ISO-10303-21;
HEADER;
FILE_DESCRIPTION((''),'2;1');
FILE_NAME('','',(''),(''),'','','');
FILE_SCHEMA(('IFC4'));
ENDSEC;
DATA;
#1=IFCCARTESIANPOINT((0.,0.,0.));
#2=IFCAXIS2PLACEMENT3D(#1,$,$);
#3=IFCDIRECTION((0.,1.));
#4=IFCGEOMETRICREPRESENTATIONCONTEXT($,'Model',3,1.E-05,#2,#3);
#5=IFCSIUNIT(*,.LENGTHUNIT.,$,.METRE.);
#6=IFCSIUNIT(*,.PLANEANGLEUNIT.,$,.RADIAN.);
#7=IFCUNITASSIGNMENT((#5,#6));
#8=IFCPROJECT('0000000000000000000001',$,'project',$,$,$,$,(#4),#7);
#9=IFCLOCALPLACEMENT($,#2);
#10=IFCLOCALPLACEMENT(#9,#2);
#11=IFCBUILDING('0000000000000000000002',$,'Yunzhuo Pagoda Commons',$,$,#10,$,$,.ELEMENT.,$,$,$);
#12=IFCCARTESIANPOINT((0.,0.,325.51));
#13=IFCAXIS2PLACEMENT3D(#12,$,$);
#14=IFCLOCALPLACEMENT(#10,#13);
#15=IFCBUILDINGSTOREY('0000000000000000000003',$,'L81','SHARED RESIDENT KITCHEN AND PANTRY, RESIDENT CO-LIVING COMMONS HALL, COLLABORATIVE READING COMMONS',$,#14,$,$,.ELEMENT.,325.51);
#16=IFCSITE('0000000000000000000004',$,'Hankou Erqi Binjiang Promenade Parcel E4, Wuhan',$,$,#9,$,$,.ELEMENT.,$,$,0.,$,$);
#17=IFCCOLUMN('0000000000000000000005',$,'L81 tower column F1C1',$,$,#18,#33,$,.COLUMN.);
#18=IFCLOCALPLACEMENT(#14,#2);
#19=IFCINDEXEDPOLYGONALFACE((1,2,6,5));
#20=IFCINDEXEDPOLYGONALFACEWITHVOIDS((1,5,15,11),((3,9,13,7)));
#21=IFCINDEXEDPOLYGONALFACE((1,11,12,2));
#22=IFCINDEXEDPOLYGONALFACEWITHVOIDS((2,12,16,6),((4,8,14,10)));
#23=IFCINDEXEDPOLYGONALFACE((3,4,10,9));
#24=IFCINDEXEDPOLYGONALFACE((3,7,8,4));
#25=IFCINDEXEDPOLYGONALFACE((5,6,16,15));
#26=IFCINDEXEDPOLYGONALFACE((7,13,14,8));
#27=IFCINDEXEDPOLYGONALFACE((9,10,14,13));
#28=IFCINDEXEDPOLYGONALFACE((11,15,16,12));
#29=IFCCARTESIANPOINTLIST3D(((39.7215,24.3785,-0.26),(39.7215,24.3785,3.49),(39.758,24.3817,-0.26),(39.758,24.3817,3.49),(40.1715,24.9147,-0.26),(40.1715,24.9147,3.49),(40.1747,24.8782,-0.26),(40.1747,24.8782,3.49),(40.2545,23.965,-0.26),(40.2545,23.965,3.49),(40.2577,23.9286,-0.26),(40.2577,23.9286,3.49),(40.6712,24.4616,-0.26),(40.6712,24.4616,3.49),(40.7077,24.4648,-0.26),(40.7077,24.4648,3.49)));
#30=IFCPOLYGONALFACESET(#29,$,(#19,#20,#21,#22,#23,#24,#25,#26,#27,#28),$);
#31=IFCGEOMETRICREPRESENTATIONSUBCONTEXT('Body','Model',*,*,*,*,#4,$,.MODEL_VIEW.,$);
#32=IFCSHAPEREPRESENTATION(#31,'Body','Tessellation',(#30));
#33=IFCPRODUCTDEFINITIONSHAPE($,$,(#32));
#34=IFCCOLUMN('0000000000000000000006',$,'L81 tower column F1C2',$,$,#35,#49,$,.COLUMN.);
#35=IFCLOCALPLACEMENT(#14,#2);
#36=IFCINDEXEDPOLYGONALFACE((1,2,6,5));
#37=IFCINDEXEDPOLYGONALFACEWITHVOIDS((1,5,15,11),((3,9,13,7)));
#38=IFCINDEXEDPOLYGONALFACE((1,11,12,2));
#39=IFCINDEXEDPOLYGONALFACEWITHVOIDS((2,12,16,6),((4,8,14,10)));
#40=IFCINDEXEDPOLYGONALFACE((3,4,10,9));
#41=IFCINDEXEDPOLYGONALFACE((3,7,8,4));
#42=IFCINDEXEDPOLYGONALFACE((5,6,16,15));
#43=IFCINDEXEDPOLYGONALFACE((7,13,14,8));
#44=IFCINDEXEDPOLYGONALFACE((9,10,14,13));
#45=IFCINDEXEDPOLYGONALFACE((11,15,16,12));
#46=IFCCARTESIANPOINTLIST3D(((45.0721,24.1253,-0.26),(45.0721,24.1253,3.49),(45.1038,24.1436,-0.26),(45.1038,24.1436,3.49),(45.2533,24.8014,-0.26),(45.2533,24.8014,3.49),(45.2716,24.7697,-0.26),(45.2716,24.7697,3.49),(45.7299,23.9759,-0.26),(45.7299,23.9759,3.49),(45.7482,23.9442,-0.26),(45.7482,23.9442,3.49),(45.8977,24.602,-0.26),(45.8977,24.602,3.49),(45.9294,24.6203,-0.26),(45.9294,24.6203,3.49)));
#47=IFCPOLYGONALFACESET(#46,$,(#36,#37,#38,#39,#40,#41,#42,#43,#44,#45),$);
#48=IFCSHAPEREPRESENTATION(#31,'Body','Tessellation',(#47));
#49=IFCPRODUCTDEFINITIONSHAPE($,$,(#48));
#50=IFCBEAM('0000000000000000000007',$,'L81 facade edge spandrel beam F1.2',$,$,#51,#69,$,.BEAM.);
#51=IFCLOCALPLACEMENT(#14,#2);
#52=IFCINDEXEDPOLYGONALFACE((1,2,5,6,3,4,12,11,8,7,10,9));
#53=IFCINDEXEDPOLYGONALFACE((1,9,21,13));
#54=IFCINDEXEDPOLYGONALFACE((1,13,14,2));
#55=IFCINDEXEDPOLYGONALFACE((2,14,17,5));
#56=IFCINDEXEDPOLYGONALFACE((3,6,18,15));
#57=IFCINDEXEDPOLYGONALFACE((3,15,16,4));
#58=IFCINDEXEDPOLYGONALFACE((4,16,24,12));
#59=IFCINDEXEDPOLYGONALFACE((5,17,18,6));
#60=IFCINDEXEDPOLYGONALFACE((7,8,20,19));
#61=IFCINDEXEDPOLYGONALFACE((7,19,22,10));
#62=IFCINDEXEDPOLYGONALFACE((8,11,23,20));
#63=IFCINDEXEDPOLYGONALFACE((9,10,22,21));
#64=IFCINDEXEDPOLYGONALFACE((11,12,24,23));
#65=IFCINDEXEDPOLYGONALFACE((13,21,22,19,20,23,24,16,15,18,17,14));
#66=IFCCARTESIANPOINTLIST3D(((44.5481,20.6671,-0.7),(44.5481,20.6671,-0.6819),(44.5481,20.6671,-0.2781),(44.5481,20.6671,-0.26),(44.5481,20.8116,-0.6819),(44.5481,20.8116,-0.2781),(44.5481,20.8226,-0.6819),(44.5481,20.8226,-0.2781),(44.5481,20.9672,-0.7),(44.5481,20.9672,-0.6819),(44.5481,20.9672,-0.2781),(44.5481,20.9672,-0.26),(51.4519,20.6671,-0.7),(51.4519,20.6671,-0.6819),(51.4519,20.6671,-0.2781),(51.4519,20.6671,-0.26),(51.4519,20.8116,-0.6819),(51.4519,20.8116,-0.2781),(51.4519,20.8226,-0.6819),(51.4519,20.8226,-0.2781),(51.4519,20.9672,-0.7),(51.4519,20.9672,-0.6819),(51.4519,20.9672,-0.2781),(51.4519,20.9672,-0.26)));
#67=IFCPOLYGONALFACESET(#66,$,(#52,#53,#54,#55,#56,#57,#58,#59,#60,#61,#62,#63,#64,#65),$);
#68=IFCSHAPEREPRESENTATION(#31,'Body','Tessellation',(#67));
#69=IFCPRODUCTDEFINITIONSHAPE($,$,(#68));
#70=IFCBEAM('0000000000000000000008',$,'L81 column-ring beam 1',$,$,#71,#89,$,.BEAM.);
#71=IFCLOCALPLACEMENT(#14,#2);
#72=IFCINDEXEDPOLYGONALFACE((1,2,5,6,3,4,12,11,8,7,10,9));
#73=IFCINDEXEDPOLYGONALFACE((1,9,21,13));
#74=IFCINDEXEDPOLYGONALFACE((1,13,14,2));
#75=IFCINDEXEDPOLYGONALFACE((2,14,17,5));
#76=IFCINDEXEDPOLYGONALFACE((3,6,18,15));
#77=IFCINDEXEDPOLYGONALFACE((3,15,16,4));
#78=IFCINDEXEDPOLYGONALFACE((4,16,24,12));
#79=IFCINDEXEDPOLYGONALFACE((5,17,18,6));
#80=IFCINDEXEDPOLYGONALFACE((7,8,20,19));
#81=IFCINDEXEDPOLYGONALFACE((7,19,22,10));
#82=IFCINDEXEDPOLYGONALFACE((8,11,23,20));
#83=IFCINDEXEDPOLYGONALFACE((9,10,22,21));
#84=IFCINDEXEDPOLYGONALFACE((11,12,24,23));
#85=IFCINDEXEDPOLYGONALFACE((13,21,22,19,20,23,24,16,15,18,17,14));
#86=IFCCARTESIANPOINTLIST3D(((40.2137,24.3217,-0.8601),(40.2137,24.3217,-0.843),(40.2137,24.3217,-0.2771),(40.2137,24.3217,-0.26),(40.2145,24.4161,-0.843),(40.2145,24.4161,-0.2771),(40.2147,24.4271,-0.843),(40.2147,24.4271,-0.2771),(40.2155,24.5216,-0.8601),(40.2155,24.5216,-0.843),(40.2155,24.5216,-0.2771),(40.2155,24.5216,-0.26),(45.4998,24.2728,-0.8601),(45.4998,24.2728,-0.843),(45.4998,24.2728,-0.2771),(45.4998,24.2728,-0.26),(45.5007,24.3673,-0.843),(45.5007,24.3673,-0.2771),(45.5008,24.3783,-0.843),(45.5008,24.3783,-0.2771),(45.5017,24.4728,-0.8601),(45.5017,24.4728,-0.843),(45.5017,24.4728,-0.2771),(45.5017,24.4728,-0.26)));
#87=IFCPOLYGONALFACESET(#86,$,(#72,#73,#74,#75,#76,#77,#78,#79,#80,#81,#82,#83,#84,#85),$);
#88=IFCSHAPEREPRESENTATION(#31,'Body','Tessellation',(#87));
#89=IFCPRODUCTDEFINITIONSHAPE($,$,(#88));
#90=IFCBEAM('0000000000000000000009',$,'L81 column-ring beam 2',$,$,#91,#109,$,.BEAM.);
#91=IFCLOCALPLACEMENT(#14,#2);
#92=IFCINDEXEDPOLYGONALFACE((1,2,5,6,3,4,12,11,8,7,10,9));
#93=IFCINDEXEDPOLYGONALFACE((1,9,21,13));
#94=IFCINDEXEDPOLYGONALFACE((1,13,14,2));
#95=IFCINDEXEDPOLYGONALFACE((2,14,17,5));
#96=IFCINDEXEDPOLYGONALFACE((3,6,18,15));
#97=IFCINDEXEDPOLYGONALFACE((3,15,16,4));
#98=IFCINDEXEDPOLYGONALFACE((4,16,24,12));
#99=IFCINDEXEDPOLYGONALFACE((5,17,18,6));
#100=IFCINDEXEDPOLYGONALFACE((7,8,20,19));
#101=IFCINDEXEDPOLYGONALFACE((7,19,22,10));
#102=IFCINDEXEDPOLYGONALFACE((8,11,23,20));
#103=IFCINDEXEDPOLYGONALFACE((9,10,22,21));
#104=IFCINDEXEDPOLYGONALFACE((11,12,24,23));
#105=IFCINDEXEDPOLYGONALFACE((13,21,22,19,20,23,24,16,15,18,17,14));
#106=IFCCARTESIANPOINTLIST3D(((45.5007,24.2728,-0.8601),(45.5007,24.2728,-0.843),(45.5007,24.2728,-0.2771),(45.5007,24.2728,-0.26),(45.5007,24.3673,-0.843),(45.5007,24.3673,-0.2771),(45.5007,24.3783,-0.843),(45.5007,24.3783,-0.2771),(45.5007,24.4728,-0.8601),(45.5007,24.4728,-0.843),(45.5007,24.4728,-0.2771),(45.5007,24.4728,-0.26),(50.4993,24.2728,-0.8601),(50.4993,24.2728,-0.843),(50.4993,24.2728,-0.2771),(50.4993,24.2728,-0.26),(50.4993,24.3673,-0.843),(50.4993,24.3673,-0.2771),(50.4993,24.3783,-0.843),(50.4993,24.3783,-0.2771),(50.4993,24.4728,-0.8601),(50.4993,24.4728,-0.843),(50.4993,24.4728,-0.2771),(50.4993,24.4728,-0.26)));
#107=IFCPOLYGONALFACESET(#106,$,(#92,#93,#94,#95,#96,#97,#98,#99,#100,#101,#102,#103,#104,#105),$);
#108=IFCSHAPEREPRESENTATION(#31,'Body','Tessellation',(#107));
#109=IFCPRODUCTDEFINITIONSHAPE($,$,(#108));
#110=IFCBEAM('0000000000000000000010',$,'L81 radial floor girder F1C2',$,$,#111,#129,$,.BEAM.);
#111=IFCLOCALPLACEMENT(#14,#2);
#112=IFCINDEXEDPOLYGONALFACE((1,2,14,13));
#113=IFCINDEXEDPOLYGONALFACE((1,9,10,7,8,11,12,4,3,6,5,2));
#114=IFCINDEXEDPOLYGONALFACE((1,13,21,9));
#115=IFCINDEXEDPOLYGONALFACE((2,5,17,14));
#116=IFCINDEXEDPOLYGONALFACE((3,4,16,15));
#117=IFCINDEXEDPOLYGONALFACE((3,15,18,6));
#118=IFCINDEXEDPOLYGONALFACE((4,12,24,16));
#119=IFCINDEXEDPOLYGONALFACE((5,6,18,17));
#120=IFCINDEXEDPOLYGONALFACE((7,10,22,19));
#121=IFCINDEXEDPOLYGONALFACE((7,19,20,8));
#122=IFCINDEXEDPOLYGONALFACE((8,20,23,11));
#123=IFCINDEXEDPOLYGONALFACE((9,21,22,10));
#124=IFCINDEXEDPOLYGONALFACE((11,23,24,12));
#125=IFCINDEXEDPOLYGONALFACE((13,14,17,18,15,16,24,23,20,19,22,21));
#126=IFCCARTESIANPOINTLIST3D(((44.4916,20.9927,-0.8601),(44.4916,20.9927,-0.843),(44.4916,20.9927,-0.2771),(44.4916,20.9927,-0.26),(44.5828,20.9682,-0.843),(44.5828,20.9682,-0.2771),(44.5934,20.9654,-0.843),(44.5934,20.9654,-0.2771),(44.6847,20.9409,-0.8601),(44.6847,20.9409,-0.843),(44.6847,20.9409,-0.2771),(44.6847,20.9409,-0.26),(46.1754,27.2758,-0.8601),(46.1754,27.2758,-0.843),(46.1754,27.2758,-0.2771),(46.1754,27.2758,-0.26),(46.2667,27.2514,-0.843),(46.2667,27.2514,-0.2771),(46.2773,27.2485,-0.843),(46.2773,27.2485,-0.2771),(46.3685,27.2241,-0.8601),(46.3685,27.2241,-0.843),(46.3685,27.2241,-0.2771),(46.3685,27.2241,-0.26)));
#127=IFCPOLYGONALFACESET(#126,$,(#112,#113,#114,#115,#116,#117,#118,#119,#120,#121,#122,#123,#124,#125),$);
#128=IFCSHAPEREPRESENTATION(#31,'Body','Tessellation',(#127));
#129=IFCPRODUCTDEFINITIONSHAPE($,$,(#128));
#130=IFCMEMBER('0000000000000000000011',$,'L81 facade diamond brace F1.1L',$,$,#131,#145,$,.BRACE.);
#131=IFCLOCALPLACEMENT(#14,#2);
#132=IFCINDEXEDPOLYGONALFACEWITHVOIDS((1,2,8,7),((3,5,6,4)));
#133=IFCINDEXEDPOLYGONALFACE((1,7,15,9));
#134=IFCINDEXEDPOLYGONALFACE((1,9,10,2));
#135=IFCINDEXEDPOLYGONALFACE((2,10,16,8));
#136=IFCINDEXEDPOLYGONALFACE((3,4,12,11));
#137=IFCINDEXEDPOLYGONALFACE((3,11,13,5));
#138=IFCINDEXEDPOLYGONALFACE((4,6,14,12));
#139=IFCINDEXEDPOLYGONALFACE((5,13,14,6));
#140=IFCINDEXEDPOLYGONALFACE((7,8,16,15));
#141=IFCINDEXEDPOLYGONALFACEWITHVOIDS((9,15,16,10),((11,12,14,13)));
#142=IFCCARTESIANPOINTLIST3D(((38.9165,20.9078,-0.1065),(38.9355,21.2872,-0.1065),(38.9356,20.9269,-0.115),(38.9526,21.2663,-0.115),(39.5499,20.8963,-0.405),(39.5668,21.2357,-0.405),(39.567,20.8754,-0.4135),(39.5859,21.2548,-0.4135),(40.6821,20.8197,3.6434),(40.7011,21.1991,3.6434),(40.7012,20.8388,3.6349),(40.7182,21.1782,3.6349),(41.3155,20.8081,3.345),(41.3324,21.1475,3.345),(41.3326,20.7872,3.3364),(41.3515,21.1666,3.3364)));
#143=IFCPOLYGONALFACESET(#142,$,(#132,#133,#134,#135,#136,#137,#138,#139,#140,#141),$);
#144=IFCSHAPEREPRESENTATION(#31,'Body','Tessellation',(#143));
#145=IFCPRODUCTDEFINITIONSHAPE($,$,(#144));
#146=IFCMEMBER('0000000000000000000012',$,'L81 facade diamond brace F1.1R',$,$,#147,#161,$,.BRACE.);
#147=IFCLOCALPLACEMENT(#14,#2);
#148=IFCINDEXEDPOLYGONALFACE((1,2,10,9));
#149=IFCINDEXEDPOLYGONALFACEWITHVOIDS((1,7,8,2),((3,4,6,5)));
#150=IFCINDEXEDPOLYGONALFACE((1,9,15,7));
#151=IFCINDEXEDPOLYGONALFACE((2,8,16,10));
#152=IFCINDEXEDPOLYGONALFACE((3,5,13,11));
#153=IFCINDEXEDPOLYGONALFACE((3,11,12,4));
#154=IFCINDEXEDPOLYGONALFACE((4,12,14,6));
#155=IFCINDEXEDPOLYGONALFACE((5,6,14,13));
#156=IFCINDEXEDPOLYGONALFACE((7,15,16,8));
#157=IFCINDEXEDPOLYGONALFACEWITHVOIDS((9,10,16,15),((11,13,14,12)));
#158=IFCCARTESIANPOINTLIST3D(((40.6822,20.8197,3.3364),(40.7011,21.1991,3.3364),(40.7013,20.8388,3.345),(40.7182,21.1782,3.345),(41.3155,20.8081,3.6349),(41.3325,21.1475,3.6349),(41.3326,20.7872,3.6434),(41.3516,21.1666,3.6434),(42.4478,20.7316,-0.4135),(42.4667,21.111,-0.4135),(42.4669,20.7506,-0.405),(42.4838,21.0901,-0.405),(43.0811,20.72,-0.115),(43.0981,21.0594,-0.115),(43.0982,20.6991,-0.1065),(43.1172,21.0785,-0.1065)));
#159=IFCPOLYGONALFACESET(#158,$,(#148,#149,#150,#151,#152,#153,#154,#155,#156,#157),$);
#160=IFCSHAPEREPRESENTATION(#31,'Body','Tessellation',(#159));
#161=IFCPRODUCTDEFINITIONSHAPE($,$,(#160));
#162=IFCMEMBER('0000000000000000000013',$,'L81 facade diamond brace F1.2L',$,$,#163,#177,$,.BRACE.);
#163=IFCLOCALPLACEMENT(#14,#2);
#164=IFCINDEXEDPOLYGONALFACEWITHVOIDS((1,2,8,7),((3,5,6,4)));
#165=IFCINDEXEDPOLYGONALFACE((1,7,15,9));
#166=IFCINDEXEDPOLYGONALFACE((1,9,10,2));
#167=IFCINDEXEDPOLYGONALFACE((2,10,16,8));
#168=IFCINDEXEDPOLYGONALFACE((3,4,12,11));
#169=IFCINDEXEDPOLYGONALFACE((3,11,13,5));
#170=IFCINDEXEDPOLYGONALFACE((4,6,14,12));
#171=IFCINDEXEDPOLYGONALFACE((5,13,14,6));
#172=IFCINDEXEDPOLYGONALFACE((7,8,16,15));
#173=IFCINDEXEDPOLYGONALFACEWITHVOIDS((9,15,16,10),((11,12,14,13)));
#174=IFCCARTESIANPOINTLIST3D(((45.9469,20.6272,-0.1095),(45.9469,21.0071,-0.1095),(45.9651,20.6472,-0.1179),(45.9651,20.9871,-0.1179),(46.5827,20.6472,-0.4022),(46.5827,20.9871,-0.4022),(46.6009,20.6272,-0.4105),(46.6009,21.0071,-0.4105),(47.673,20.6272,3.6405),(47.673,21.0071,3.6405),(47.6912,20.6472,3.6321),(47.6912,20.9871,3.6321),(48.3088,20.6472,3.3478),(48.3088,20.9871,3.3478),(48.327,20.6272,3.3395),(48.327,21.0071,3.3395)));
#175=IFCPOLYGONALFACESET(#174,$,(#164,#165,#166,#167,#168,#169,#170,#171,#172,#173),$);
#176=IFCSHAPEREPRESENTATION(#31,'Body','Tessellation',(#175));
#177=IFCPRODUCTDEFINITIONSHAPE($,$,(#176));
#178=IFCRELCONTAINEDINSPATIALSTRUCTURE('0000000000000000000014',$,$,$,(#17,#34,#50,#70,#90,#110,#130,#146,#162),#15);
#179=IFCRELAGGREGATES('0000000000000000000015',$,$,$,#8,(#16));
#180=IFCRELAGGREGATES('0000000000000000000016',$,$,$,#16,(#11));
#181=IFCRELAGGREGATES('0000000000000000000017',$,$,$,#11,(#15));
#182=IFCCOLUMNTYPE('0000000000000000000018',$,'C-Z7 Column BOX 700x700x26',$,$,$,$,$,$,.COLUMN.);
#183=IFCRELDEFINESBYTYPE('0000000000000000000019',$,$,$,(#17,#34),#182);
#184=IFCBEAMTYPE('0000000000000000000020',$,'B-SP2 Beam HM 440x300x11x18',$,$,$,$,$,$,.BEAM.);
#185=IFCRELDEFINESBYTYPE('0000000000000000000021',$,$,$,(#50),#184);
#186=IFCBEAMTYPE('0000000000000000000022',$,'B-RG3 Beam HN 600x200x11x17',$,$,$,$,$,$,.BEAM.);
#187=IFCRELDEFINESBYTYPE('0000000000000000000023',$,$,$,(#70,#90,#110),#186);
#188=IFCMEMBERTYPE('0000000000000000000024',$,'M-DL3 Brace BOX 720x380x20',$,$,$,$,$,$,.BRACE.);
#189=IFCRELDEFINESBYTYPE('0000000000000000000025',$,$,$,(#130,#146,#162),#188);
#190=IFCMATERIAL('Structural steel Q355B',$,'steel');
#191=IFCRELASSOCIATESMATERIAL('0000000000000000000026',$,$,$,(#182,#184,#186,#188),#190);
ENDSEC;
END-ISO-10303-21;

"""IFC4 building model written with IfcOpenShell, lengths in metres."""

from ifc_helpers import new_model, si_unit, direction, frame, origin, origin_2d, place, context, subcontext, project, spatial, hollow_rectangle, i_section, extrude, source, transform, mapped, material, material_profile, profile_set, type_object, element, save


model = new_model("IFC4")

# Units and contexts
model_context = context("Model", 3, precision=1e-05, world=origin(), true_north=direction((0.0, 1.0)))
body_context = subcontext(model_context, "Body", "Model", "MODEL_VIEW")
ifc_project = project(units=[si_unit("LENGTHUNIT", "METRE"), si_unit("PLANEANGLEUNIT", "RADIAN")], contexts=[model_context])

# Site, building, storey
site_placement = place(None, origin())
site = spatial("IfcSite", under=ifc_project, at=site_placement, Name="Hankou Erqi Binjiang Promenade Parcel E4, Wuhan", CompositionType="ELEMENT", RefElevation=0.0)
building_placement = place(site_placement, origin())
building = spatial("IfcBuilding", under=site, at=building_placement, Name="Yunzhuo Pagoda Commons", CompositionType="ELEMENT")
storey_placement = place(building_placement, frame((0.0, 0.0, 325.51)))
storey = spatial("IfcBuildingStorey", under=building, at=storey_placement, Name="L81", Description="SHARED RESIDENT KITCHEN AND PANTRY, RESIDENT CO-LIVING COMMONS HALL, COLLABORATIVE READING COMMONS", CompositionType="ELEMENT", Elevation=325.51)

# Columns
ifc_material_1 = material(Name="Structural steel Q355B", Category="steel")
ifc_material_profile_1 = material_profile(ifc_material_1, hollow_rectangle(XDim=0.7, YDim=0.7, WallThickness=0.0259, at=origin_2d()), Name="Structural steel Q355B")
ifc_profile_set_1 = profile_set([ifc_material_profile_1], Name="Structural steel Q355B")
column_type = type_object("IfcColumnType", Name="C-Z7 Column BOX 700x700x26", PredefinedType="COLUMN", material=ifc_profile_set_1)
shared_shape_1 = source(origin(), body_context, "Body", "SweptSolid", [
    extrude(hollow_rectangle(XDim=0.7, YDim=0.7, WallThickness=0.0259, at=origin_2d()), origin(), (0.0, 0.0, 1.0), 3.75),
])
for number, where, z_axis, x_axis, name in (
    (1, (40.2146, 24.4216, -0.26), (0.0, 0.0, 1.0), (0.766044, -0.642788, 0.0), "L81 tower column F1C1"),
    (2, (45.5007, 24.3728, -0.26), (0.0, 0.0, 1.0), (0.965926, -0.258819, 0.0), "L81 tower column F1C2"),
):
    element("IfcColumn", number, at=place(storey_placement, frame(where, z_axis=z_axis, x_axis=x_axis)), inside=storey, type_object=column_type, Name=name, PredefinedType="COLUMN", context=body_context, shape_type="MappedRepresentation", body=[
        mapped(shared_shape_1, transform((0.0, 0.0, 0.0), scale=1.0)),
    ])

# Beams
ifc_material_profile_2 = material_profile(ifc_material_1, i_section(OverallWidth=0.3, OverallDepth=0.4399, WebThickness=0.011, FlangeThickness=0.0181, at=origin_2d()), Name="Structural steel Q355B")
ifc_profile_set_2 = profile_set([ifc_material_profile_2], Name="Structural steel Q355B")
beam_type_1 = type_object("IfcBeamType", Name="B-SP2 Beam HM 440x300x11x18", PredefinedType="BEAM", material=ifc_profile_set_2)
shared_shape_2 = source(origin(), body_context, "Body", "SweptSolid", [
    extrude(i_section(OverallWidth=0.3, OverallDepth=0.4399, WebThickness=0.011, FlangeThickness=0.0181, at=origin_2d()), origin(), (0.0, 0.0, 1.0), 6.9038),
])
beam_1_placement = place(storey_placement, frame((44.5481, 20.8171, -0.48), z_axis=(1.0, 0.0, 0.0), x_axis=(0.0, 1.0, 0.0)))
element("IfcBeam", 3, at=beam_1_placement, inside=storey, type_object=beam_type_1, Name="L81 facade edge spandrel beam F1.2", PredefinedType="BEAM", context=body_context, shape_type="MappedRepresentation", body=[
    mapped(shared_shape_2, transform((0.0, 0.0, 0.0), scale=1.0)),
])
ifc_material_profile_3 = material_profile(ifc_material_1, i_section(OverallWidth=0.2, OverallDepth=0.6001, WebThickness=0.011, FlangeThickness=0.0171, at=origin_2d()), Name="Structural steel Q355B")
ifc_profile_set_3 = profile_set([ifc_material_profile_3], Name="Structural steel Q355B")
beam_type_2 = type_object("IfcBeamType", Name="B-RG3 Beam HN 600x200x11x17", PredefinedType="BEAM", material=ifc_profile_set_3)
shared_shape_3 = source(origin(), body_context, "Body", "SweptSolid", [
    extrude(i_section(OverallWidth=0.2, OverallDepth=0.6001, WebThickness=0.011, FlangeThickness=0.0171, at=origin_2d()), origin(), (0.0, 0.0, 1.0), 5.2864),
])
beam_2_placement = place(storey_placement, frame((40.2146, 24.4216, -0.5601), z_axis=(0.999957, -0.009237, 0.0), x_axis=(0.009237, 0.999957, 0.0)))
element("IfcBeam", 4, at=beam_2_placement, inside=storey, type_object=beam_type_2, Name="L81 column-ring beam 1", PredefinedType="BEAM", context=body_context, shape_type="MappedRepresentation", body=[
    mapped(shared_shape_3, transform((0.0, 0.0, 0.0), scale=1.0)),
])
shared_shape_4 = source(origin(), body_context, "Body", "SweptSolid", [
    extrude(i_section(OverallWidth=0.2, OverallDepth=0.6001, WebThickness=0.011, FlangeThickness=0.0171, at=origin_2d()), origin(), (0.0, 0.0, 1.0), 4.9985),
])
beam_3_placement = place(storey_placement, frame((45.5007, 24.3728, -0.5601), z_axis=(1.0, 0.0, 0.0), x_axis=(0.0, 1.0, 0.0)))
element("IfcBeam", 5, at=beam_3_placement, inside=storey, type_object=beam_type_2, Name="L81 column-ring beam 2", PredefinedType="BEAM", context=body_context, shape_type="MappedRepresentation", body=[
    mapped(shared_shape_4, transform((0.0, 0.0, 0.0), scale=1.0)),
])
shared_shape_5 = source(origin(), body_context, "Body", "SweptSolid", [
    extrude(i_section(OverallWidth=0.2, OverallDepth=0.6001, WebThickness=0.011, FlangeThickness=0.0171, at=origin_2d()), origin(), (0.0, 0.0, 1.0), 6.5049),
])
beam_4_placement = place(storey_placement, frame((44.5881, 20.9668, -0.5601), z_axis=(0.258856, 0.965916, 0.0), x_axis=(-0.965916, 0.258856, 0.0)))
element("IfcBeam", 6, at=beam_4_placement, inside=storey, type_object=beam_type_2, Name="L81 radial floor girder F1C2", PredefinedType="BEAM", context=body_context, shape_type="MappedRepresentation", body=[
    mapped(shared_shape_5, transform((0.0, 0.0, 0.0), scale=1.0)),
])

# Members
ifc_material_profile_4 = material_profile(ifc_material_1, hollow_rectangle(XDim=0.3799, YDim=0.72, WallThickness=0.02, at=origin_2d()), Name="Structural steel Q355B")
ifc_profile_set_4 = profile_set([ifc_material_profile_4], Name="Structural steel Q355B")
member_type_1 = type_object("IfcMemberType", Name="M-DL3 Brace BOX 720x380x20", PredefinedType="BRACE", material=ifc_profile_set_4)
shared_shape_6 = source(origin(), body_context, "Body", "SweptSolid", [
    extrude(hollow_rectangle(XDim=0.3799, YDim=0.72, WallThickness=0.02, at=origin_2d()), origin(), (0.0, 0.0, 1.0), 4.1458),
])
for number, where, z_axis, x_axis, name in (
    (7, (39.2512, 21.0813, -0.26), (0.425882, -0.021259, 0.904529), (0.049855, 0.998756, 0.0), "L81 facade diamond brace F1.1L"),
    (8, (42.7825, 20.905, -0.26), (-0.425882, 0.021259, 0.904529), (-0.049855, -0.998756, 0.0), "L81 facade diamond brace F1.1R"),
):
    element("IfcMember", number, at=place(storey_placement, frame(where, z_axis=z_axis, x_axis=x_axis)), inside=storey, type_object=member_type_1, Name=name, PredefinedType="BRACE", context=body_context, shape_type="MappedRepresentation", body=[
        mapped(shared_shape_6, transform((0.0, 0.0, 0.0), scale=1.0)),
    ])
shared_shape_7 = source(origin(), body_context, "Body", "SweptSolid", [
    extrude(hollow_rectangle(XDim=0.3799, YDim=0.72, WallThickness=0.02, at=origin_2d()), origin(), (0.0, 0.0, 1.0), 4.1282),
])
member_1_placement = place(storey_placement, frame((46.2739, 20.8171, -0.26), z_axis=(0.41812, 0.0, 0.908392), x_axis=(0.0, 1.0, 0.0)))
element("IfcMember", 9, at=member_1_placement, inside=storey, type_object=member_type_1, Name="L81 facade diamond brace F1.2L", PredefinedType="BRACE", context=body_context, shape_type="MappedRepresentation", body=[
    mapped(shared_shape_7, transform((0.0, 0.0, 0.0), scale=1.0)),
])

save(model, "model.ifc")
